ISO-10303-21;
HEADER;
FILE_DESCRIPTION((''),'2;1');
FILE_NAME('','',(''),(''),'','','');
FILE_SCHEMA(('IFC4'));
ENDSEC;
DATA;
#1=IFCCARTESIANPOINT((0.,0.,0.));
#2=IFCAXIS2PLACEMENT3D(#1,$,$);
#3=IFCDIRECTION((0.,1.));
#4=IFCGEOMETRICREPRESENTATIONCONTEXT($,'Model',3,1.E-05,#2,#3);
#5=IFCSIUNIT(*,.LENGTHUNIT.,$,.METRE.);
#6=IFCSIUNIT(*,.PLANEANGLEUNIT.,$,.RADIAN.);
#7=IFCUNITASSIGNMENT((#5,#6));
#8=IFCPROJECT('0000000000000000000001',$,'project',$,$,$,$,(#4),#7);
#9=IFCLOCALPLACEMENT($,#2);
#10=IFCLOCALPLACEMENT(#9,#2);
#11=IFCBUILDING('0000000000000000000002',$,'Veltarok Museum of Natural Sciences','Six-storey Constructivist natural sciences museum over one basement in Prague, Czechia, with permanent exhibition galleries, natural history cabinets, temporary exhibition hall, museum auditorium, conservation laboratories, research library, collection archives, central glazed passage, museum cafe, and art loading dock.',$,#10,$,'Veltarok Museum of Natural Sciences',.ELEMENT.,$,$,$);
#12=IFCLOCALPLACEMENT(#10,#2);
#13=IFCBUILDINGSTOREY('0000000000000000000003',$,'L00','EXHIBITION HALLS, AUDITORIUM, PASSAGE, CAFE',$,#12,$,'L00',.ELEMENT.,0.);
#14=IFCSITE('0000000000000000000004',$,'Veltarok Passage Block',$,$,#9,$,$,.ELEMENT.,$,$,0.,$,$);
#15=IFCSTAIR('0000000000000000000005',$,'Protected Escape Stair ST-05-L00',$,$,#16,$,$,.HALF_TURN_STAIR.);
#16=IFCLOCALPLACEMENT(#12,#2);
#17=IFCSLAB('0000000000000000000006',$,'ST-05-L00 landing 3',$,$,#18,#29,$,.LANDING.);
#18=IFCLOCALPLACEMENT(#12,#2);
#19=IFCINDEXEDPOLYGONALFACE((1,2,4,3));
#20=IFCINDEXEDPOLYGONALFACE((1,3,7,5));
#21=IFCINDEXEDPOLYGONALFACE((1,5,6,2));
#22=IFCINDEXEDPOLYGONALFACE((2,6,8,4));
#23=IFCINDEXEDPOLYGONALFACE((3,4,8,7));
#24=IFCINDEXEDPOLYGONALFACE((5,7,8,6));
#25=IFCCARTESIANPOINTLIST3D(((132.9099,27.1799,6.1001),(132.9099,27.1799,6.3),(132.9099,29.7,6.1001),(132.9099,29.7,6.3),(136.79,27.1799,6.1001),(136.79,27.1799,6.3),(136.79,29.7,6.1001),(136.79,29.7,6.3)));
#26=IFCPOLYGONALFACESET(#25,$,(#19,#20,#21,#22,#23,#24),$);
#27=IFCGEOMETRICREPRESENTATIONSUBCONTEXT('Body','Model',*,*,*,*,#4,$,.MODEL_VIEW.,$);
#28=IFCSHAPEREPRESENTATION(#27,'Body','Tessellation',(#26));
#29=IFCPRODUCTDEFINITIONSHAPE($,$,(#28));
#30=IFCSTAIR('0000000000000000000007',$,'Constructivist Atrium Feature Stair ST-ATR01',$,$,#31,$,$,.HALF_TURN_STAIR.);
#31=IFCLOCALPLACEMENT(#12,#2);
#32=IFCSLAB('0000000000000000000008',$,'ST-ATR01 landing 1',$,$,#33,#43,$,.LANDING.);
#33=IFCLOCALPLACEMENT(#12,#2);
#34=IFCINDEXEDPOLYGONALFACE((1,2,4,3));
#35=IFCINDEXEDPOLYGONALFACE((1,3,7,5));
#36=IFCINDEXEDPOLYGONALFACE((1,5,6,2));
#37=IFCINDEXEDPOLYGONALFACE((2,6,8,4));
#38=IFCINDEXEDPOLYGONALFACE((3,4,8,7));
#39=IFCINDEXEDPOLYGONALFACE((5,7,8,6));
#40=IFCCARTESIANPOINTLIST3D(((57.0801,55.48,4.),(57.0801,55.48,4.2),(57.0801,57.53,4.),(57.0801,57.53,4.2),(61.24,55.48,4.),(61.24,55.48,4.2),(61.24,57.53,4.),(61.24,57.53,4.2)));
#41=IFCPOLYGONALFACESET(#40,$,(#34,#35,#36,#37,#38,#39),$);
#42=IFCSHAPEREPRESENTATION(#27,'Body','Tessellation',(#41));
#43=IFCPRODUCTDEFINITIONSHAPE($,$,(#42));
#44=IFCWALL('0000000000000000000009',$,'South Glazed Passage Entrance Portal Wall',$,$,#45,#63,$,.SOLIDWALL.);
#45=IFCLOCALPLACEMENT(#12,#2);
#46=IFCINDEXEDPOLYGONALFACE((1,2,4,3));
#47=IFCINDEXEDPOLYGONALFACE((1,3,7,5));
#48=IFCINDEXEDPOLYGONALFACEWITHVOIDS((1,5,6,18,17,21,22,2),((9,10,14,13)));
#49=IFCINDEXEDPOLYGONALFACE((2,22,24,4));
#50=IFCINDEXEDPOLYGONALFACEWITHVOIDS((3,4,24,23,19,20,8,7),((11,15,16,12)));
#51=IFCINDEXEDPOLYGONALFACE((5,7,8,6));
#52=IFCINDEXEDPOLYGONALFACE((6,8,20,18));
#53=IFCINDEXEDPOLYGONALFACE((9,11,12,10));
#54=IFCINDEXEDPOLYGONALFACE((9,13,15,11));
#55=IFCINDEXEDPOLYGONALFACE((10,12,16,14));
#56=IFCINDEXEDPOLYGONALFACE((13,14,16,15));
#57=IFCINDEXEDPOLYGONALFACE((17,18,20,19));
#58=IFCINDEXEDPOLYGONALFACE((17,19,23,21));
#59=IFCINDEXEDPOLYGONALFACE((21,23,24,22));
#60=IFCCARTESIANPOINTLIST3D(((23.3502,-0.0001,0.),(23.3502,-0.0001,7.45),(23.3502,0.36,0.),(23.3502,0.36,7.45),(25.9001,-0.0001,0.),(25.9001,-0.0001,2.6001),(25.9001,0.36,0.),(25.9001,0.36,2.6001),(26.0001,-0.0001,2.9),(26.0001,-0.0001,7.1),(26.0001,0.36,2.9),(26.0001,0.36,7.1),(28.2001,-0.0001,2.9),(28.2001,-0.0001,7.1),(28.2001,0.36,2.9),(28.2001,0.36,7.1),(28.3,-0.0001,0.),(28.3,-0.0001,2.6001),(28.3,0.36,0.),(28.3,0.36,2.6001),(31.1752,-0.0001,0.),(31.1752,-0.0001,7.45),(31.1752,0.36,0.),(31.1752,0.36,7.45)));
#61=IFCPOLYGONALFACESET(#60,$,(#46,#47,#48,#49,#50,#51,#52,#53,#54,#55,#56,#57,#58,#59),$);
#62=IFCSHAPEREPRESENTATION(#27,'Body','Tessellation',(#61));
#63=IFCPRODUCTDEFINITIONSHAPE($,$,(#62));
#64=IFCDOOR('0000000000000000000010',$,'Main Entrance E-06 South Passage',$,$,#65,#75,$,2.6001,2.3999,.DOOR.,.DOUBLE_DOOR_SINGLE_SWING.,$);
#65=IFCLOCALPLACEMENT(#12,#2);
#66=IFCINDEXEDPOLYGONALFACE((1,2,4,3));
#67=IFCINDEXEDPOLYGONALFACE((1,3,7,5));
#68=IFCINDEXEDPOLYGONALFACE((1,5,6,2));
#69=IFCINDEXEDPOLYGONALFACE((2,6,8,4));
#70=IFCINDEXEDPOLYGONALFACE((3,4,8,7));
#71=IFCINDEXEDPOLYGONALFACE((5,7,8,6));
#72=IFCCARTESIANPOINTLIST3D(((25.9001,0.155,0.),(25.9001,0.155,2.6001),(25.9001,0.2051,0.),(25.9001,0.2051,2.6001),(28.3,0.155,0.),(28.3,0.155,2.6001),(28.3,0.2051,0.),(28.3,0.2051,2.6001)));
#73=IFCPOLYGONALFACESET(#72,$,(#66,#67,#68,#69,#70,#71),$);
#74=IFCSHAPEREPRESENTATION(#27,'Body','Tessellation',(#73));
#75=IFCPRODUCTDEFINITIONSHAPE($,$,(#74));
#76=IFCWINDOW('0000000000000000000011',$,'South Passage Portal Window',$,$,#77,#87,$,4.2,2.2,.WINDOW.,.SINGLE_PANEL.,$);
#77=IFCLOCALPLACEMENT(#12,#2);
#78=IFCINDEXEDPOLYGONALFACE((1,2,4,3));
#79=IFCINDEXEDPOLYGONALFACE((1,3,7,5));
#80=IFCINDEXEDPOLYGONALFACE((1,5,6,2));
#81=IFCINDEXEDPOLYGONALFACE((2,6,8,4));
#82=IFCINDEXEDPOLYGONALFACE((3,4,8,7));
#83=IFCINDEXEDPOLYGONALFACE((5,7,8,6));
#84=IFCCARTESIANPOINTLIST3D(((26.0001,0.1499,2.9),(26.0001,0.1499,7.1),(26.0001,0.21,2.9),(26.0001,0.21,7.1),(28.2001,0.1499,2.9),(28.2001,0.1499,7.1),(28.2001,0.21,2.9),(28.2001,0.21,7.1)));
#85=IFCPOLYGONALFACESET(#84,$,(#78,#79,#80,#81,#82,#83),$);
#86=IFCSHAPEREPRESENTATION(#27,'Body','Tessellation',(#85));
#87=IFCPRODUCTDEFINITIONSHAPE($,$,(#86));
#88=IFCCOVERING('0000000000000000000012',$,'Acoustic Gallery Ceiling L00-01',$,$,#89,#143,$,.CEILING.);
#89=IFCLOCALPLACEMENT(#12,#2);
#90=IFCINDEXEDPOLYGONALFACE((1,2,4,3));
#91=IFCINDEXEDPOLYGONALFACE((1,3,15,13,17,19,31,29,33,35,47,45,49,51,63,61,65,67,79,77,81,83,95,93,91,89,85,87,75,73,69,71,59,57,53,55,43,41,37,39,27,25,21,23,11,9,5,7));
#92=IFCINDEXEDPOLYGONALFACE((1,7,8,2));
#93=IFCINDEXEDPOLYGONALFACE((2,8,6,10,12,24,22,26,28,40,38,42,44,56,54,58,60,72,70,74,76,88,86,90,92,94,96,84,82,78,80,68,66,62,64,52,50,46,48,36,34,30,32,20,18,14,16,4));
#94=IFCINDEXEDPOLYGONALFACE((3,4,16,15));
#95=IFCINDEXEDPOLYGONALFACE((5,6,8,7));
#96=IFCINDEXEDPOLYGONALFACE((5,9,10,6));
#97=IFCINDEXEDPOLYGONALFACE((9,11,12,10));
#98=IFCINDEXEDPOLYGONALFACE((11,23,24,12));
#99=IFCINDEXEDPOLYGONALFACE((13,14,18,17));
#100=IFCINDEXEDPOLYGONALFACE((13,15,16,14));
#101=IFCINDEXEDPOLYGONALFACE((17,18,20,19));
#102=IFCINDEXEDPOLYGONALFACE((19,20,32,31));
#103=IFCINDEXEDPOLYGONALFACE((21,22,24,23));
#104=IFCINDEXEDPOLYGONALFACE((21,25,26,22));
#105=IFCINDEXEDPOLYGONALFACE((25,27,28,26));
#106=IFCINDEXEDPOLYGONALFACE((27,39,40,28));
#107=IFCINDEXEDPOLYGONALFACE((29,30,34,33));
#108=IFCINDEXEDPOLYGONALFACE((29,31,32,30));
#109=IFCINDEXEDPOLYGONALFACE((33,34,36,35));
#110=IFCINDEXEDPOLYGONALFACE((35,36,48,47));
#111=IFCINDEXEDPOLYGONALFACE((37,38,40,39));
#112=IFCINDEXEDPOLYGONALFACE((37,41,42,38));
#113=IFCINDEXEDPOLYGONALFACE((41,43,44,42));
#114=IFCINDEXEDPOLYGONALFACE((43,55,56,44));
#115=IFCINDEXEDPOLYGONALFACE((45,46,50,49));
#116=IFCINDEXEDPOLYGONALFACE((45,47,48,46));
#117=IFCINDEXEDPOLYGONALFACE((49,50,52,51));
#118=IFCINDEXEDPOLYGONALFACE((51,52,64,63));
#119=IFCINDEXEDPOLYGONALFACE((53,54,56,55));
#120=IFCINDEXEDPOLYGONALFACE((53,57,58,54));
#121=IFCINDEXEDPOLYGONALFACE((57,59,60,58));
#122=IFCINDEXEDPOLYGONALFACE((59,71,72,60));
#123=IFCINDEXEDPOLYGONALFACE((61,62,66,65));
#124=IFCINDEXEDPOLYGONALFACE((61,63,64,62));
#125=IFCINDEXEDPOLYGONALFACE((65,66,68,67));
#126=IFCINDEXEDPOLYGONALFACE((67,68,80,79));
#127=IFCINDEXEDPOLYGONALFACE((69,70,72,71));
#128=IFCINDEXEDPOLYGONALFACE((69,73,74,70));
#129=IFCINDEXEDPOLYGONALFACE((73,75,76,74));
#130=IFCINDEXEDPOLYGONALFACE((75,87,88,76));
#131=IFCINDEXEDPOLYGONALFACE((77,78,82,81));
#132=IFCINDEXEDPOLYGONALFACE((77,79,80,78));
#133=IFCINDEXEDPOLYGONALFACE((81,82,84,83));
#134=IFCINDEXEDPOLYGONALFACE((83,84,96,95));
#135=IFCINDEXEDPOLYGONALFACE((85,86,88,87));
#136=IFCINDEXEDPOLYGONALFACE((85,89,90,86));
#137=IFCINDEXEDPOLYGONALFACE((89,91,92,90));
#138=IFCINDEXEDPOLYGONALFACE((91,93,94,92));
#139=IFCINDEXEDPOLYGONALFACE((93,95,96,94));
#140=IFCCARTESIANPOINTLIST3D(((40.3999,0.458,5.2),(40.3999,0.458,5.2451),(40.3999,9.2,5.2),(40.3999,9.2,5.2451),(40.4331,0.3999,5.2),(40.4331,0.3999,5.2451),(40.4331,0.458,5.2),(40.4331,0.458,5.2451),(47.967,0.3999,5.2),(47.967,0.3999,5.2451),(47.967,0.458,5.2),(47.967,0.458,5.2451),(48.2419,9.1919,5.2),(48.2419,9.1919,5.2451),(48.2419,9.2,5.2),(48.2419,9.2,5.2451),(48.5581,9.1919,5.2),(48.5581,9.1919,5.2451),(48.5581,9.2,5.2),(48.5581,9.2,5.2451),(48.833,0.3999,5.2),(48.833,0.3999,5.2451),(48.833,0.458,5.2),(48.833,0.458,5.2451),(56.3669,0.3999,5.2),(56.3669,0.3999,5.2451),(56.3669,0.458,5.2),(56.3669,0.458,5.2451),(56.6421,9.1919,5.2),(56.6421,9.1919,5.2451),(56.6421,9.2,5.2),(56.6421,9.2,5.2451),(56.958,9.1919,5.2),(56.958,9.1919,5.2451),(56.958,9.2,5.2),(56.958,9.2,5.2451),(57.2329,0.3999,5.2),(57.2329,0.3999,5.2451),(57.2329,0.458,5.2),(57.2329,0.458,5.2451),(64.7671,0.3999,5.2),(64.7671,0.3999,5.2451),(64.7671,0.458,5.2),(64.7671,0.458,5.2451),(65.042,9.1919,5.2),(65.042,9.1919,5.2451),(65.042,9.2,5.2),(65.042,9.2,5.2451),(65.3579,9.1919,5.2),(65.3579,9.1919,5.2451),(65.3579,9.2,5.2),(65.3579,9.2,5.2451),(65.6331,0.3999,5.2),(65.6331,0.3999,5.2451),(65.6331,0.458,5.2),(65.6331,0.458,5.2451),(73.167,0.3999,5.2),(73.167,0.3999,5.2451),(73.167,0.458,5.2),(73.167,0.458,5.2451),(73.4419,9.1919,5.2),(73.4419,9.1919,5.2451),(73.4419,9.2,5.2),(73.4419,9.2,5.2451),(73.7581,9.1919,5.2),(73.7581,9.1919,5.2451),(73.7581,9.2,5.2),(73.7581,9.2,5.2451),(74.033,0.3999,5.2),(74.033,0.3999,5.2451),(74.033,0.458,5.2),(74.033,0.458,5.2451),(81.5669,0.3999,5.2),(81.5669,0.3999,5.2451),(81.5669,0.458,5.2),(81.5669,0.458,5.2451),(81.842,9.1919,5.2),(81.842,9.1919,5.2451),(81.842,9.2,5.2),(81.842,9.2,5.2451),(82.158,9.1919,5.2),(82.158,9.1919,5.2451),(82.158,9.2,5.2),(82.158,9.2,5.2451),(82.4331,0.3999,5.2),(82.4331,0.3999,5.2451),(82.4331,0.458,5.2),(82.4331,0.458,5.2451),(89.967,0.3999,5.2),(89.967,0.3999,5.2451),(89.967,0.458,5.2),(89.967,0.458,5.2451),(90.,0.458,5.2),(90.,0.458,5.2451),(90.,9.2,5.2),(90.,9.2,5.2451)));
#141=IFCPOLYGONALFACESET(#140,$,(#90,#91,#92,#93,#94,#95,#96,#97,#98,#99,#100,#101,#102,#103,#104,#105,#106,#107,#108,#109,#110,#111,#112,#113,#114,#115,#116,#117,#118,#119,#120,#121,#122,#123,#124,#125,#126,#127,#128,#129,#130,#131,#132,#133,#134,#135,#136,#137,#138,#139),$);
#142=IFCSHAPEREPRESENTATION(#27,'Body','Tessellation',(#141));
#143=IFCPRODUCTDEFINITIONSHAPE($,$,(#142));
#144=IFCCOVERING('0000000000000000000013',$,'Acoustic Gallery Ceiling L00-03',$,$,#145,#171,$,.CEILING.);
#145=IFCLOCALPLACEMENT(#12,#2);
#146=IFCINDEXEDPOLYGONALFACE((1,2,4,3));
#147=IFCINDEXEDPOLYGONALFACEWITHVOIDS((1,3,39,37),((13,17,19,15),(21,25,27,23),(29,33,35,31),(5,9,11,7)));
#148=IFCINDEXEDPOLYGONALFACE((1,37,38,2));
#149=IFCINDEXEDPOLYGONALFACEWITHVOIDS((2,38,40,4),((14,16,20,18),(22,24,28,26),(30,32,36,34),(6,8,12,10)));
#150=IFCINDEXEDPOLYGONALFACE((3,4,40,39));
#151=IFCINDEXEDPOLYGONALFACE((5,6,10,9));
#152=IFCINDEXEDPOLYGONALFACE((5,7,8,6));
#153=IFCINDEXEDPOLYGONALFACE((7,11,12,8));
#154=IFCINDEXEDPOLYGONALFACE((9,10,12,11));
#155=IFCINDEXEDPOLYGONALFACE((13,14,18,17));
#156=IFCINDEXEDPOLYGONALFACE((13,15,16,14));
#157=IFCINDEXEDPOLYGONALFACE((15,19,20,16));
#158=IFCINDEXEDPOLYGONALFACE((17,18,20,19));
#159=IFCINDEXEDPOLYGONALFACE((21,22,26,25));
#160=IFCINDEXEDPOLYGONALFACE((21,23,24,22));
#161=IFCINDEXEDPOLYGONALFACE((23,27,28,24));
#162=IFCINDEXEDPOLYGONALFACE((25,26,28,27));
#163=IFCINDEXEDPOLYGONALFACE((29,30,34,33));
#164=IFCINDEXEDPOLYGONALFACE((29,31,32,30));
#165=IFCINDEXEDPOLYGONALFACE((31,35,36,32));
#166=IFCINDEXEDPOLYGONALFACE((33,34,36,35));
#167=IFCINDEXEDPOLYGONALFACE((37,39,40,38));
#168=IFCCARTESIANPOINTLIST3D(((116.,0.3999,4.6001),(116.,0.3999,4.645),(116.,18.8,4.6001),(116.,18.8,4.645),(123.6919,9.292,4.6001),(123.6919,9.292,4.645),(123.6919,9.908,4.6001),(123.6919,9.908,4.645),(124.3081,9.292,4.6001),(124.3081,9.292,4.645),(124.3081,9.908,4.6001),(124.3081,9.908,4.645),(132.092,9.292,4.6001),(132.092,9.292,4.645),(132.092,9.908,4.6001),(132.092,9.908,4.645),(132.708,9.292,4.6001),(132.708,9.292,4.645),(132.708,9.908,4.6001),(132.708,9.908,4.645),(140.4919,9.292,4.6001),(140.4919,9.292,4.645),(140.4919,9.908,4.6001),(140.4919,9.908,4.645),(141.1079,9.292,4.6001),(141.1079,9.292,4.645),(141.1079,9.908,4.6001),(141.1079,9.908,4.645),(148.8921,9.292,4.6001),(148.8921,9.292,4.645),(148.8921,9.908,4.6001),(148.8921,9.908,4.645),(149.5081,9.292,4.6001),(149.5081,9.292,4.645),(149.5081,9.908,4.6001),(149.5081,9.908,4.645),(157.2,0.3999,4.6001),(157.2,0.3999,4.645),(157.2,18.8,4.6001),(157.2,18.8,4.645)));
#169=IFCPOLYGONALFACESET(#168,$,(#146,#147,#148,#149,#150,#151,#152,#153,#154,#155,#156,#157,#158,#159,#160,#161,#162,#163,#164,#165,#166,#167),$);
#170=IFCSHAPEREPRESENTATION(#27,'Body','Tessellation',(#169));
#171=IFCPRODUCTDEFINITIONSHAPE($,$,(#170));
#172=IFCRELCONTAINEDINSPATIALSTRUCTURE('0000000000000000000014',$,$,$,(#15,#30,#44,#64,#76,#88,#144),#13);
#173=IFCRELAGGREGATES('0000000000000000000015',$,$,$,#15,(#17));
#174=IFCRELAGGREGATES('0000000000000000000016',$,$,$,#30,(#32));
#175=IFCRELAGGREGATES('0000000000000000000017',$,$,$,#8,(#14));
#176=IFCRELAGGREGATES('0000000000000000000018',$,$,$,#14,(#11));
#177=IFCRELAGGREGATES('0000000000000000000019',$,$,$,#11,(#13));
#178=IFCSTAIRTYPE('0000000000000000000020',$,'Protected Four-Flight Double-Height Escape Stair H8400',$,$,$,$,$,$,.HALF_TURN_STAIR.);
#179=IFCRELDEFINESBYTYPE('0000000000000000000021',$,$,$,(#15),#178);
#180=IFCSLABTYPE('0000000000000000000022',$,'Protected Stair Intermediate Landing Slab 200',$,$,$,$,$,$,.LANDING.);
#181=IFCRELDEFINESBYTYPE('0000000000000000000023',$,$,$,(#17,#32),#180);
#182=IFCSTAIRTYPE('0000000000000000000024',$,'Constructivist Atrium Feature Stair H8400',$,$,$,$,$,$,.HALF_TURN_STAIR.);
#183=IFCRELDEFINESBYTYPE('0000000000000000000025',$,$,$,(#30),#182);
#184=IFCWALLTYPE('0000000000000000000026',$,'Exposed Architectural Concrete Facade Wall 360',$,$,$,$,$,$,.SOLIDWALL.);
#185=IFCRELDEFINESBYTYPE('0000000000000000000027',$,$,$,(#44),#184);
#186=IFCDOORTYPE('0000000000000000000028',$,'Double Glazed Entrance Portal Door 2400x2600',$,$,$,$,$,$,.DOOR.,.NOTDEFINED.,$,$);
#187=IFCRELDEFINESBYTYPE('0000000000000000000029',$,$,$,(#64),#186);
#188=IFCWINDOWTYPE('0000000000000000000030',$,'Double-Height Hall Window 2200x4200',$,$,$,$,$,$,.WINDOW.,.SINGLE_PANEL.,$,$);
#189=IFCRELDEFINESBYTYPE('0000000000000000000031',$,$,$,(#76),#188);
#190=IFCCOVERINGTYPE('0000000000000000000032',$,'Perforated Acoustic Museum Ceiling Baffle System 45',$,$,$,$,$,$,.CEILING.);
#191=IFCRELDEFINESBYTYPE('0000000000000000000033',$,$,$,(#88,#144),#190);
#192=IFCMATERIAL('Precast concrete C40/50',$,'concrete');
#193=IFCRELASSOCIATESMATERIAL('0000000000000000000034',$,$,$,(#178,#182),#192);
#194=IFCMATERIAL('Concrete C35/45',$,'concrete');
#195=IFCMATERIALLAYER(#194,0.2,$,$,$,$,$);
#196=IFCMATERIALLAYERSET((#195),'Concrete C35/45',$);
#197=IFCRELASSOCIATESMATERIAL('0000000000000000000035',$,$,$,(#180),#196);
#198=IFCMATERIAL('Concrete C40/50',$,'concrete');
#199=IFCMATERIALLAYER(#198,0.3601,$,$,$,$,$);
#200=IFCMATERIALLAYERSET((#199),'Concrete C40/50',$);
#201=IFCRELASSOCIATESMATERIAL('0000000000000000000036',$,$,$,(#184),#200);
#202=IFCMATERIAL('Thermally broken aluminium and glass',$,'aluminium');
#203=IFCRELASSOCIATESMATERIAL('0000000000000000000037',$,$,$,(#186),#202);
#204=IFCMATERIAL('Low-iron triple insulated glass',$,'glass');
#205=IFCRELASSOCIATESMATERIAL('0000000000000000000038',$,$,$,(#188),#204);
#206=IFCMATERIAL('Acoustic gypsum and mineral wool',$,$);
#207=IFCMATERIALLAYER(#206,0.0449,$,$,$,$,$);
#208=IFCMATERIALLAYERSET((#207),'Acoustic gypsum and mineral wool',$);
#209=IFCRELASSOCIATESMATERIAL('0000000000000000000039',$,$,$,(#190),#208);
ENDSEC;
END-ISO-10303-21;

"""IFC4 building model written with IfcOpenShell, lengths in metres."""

from ifc_helpers import new_model, si_unit, direction, frame, frame_2d, origin, place, context, subcontext, project, spatial, polyline, rectangle, outline, extrude, material, layer, layer_set, type_object, element, fill, aggregate, save


model = new_model("IFC4")

# Units and contexts
model_context = context("Model", 3, precision=1e-05, world=origin(), true_north=direction((0.0, 1.0)))
body_context = subcontext(model_context, "Body", "Model", "MODEL_VIEW")
ifc_project = project(units=[si_unit("LENGTHUNIT", "METRE"), si_unit("PLANEANGLEUNIT", "RADIAN")], contexts=[model_context])

# Site, building, storey
site_placement = place(None, origin())
site = spatial("IfcSite", under=ifc_project, at=site_placement, Name="Veltarok Passage Block", CompositionType="ELEMENT", RefElevation=0.0)
building_placement = place(site_placement, origin())
building = spatial("IfcBuilding", under=site, at=building_placement, Name="Veltarok Museum of Natural Sciences", Description="Six-storey Constructivist natural sciences museum over one basement in Prague, Czechia, with permanent exhibition galleries, natural history cabinets, temporary exhibition hall, museum auditorium, conservation laboratories, research library, collection archives, central glazed passage, museum cafe, and art loading dock.", LongName="Veltarok Museum of Natural Sciences", CompositionType="ELEMENT")
storey_placement = place(building_placement, origin())
storey = spatial("IfcBuildingStorey", under=building, at=storey_placement, Name="L00", Description="EXHIBITION HALLS, AUDITORIUM, PASSAGE, CAFE", LongName="L00", CompositionType="ELEMENT", Elevation=0.0)

# Shared definitions
ifc_material_1 = material(Name="Low-iron triple insulated glass", Category="glass")

# Shared definitions
ifc_material_2 = material(Name="Precast concrete C40/50", Category="concrete")
stair_type_1 = type_object("IfcStairType", Name="Protected Four-Flight Double-Height Escape Stair H8400", PredefinedType="HALF_TURN_STAIR", material=ifc_material_2)
ifc_material_3 = material(Name="Concrete C35/45", Category="concrete")
ifc_layer_1 = layer(ifc_material_3, 0.2)
ifc_layer_set_1 = layer_set([ifc_layer_1], Name="Concrete C35/45")
slab_type = type_object("IfcSlabType", Name="Protected Stair Intermediate Landing Slab 200", PredefinedType="LANDING", material=ifc_layer_set_1)

# Stair, slab
stair_1_placement = place(storey_placement, origin())
stair_1 = element("IfcStair", 1, at=stair_1_placement, inside=storey, type_object=stair_type_1, Name="Protected Escape Stair ST-05-L00", PredefinedType="HALF_TURN_STAIR")
slab_1_placement = place(storey_placement, frame((0.0, 0.0, 6.1001)))
slab_1 = element("IfcSlab", 2, at=slab_1_placement, type_object=slab_type, Name="ST-05-L00 landing 3", PredefinedType="LANDING", context=body_context, shape_type="SweptSolid", body=[
    extrude(outline(polyline([(132.9099, 27.1799), (136.79, 27.1799), (136.79, 29.7), (132.9099, 29.7), (132.9099, 27.1799)])), origin(), (0.0, 0.0, 1.0), 0.2),
])
aggregate(stair_1, [slab_1])

# Stair, slab
stair_type_2 = type_object("IfcStairType", Name="Constructivist Atrium Feature Stair H8400", PredefinedType="HALF_TURN_STAIR", material=ifc_material_2)
stair_2_placement = place(storey_placement, origin())
stair_2 = element("IfcStair", 3, at=stair_2_placement, inside=storey, type_object=stair_type_2, Name="Constructivist Atrium Feature Stair ST-ATR01", PredefinedType="HALF_TURN_STAIR")
slab_2_placement = place(storey_placement, frame((0.0, 0.0, 4.0)))
slab_2 = element("IfcSlab", 4, at=slab_2_placement, type_object=slab_type, Name="ST-ATR01 landing 1", PredefinedType="LANDING", context=body_context, shape_type="SweptSolid", body=[
    extrude(outline(polyline([(57.0801, 55.48), (61.24, 55.48), (61.24, 57.53), (57.0801, 57.53), (57.0801, 55.48)])), origin(), (0.0, 0.0, 1.0), 0.2),
])
aggregate(stair_2, [slab_2])

# Wall, openings, door, window
ifc_material_4 = material(Name="Concrete C40/50", Category="concrete")
ifc_layer_2 = layer(ifc_material_4, 0.3601)
ifc_layer_set_2 = layer_set([ifc_layer_2], Name="Concrete C40/50")
wall_type = type_object("IfcWallType", Name="Exposed Architectural Concrete Facade Wall 360", PredefinedType="SOLIDWALL", material=ifc_layer_set_2)
wall_placement = place(storey_placement, frame((23.3501, 0.1799, 0.0), z_axis=(0.0, 0.0, 1.0), x_axis=(1.0, 0.0, 0.0)))
wall = element("IfcWall", 5, at=wall_placement, inside=storey, type_object=wall_type, Name="South Glazed Passage Entrance Portal Wall", PredefinedType="SOLIDWALL", context=body_context, shape_type="SweptSolid", body=[
    extrude(rectangle(XDim=7.825, YDim=0.3601, at=frame_2d((3.9126, 0.0))), origin(), (0.0, 0.0, 1.0), 7.45),
])
opening_1_placement = place(wall_placement, frame((2.55, 0.0, 0.0)))
opening_1 = element("IfcOpeningElement", 6, at=opening_1_placement, cuts=wall, PredefinedType="OPENING", context=body_context, shape_type="SweptSolid", body=[
    extrude(rectangle(XDim=2.3999, YDim=2.6001, at=frame_2d((1.2, 1.3))), frame((0.0, 0.1899, 0.0), z_axis=(0.0, -1.0, 0.0), x_axis=(1.0, 0.0, 0.0)), (0.0, 0.0, 1.0), 0.3801),
])
opening_2_placement = place(wall_placement, frame((2.6499, 0.0, 2.8999)))
opening_2 = element("IfcOpeningElement", 7, at=opening_2_placement, cuts=wall, PredefinedType="OPENING", context=body_context, shape_type="SweptSolid", body=[
    extrude(rectangle(XDim=2.2, YDim=4.2, at=frame_2d((1.1001, 2.1001))), frame((0.0, 0.1899, 0.0), z_axis=(0.0, -1.0, 0.0), x_axis=(1.0, 0.0, 0.0)), (0.0, 0.0, 1.0), 0.3801),
])
ifc_material_5 = material(Name="Thermally broken aluminium and glass", Category="aluminium")
door_type = type_object("IfcDoorType", Name="Double Glazed Entrance Portal Door 2400x2600", OperationType="NOTDEFINED", PredefinedType="DOOR", material=ifc_material_5)
door_placement = place(opening_1_placement, frame((2.3999, 0.0, 0.0), z_axis=(0.0, 0.0, 1.0), x_axis=(-1.0, 0.0, 0.0)))
door = element("IfcDoor", 8, at=door_placement, inside=storey, type_object=door_type, Name="Main Entrance E-06 South Passage", OperationType="DOUBLE_DOOR_SINGLE_SWING", OverallHeight=2.6001, OverallWidth=2.3999, PredefinedType="DOOR", context=body_context, shape_type="SweptSolid", body=[
    extrude(rectangle(XDim=2.3999, YDim=2.6001, at=frame_2d((1.2, 1.3))), frame((0.0, 0.0249, 0.0), z_axis=(0.0, -1.0, 0.0), x_axis=(1.0, 0.0, 0.0)), (0.0, 0.0, 1.0), 0.05),
])
fill(opening_1, door)
window_type = type_object("IfcWindowType", Name="Double-Height Hall Window 2200x4200", PartitioningType="SINGLE_PANEL", PredefinedType="WINDOW", material=ifc_material_1)
window_placement = place(opening_2_placement, origin())
window = element("IfcWindow", 9, at=window_placement, inside=storey, type_object=window_type, Name="South Passage Portal Window", OverallHeight=4.2, OverallWidth=2.2, PartitioningType="SINGLE_PANEL", PredefinedType="WINDOW", context=body_context, shape_type="SweptSolid", body=[
    extrude(rectangle(XDim=2.2, YDim=4.2, at=frame_2d((1.1001, 2.1001))), frame((0.0, 0.03, 0.0), z_axis=(0.0, -1.0, 0.0), x_axis=(1.0, 0.0, 0.0)), (0.0, 0.0, 1.0), 0.0601),
])
fill(opening_2, window)

# Coverings
ifc_material_6 = material(Name="Acoustic gypsum and mineral wool")
ifc_layer_3 = layer(ifc_material_6, 0.0449)
ifc_layer_set_3 = layer_set([ifc_layer_3], Name="Acoustic gypsum and mineral wool")
covering_type = type_object("IfcCoveringType", Name="Perforated Acoustic Museum Ceiling Baffle System 45", PredefinedType="CEILING", material=ifc_layer_set_3)
covering_1_placement = place(storey_placement, frame((0.0, 0.0, 5.2)))
element("IfcCovering", 10, at=covering_1_placement, inside=storey, type_object=covering_type, Name="Acoustic Gallery Ceiling L00-01", PredefinedType="CEILING", context=body_context, shape_type="SweptSolid", body=[
    extrude(outline(polyline([(90.0, 9.2), (90.0, 0.458), (89.967, 0.458), (89.967, 0.3999), (82.4331, 0.3999), (82.4331, 0.458), (81.5669, 0.458), (81.5669, 0.3999), (74.033, 0.3999), (74.033, 0.458), (73.167, 0.458), (73.167, 0.3999), (65.6331, 0.3999), (65.6331, 0.458), (64.7671, 0.458), (64.7671, 0.3999), (57.2329, 0.3999), (57.2329, 0.458), (56.3669, 0.458), (56.3669, 0.3999), (48.833, 0.3999), (48.833, 0.458), (47.967, 0.458), (47.967, 0.3999), (40.4331, 0.3999), (40.4331, 0.458), (40.3999, 0.458), (40.3999, 9.2), (48.2419, 9.2), (48.2419, 9.1919), (48.5581, 9.1919), (48.5581, 9.2), (56.6421, 9.2), (56.6421, 9.1919), (56.958, 9.1919), (56.958, 9.2), (65.042, 9.2), (65.042, 9.1919), (65.3579, 9.1919), (65.3579, 9.2), (73.4419, 9.2), (73.4419, 9.1919), (73.7581, 9.1919), (73.7581, 9.2), (81.842, 9.2), (81.842, 9.1919), (82.158, 9.1919), (82.158, 9.2), (90.0, 9.2)])), origin(), (0.0, 0.0, 1.0), 0.0452),
])
covering_2_placement = place(storey_placement, frame((0.0, 0.0, 4.6001)))
element("IfcCovering", 11, at=covering_2_placement, inside=storey, type_object=covering_type, Name="Acoustic Gallery Ceiling L00-03", PredefinedType="CEILING", context=body_context, shape_type="SweptSolid", body=[
    extrude(outline(polyline([(116.0, 0.3999), (116.0, 18.8), (157.2, 18.8), (157.2, 0.3999), (116.0, 0.3999)]), holes=[polyline([(132.092, 9.908), (132.092, 9.292), (132.708, 9.292), (132.708, 9.908), (132.092, 9.908)]), polyline([(124.3081, 9.908), (123.6919, 9.908), (123.6919, 9.292), (124.3081, 9.292), (124.3081, 9.908)]), polyline([(149.5081, 9.908), (148.8921, 9.908), (148.8921, 9.292), (149.5081, 9.292), (149.5081, 9.908)]), polyline([(141.1079, 9.908), (140.4919, 9.908), (140.4919, 9.292), (141.1079, 9.292), (141.1079, 9.908)])]), origin(), (0.0, 0.0, 1.0), 0.0449),
])

save(model, "model.ifc")
